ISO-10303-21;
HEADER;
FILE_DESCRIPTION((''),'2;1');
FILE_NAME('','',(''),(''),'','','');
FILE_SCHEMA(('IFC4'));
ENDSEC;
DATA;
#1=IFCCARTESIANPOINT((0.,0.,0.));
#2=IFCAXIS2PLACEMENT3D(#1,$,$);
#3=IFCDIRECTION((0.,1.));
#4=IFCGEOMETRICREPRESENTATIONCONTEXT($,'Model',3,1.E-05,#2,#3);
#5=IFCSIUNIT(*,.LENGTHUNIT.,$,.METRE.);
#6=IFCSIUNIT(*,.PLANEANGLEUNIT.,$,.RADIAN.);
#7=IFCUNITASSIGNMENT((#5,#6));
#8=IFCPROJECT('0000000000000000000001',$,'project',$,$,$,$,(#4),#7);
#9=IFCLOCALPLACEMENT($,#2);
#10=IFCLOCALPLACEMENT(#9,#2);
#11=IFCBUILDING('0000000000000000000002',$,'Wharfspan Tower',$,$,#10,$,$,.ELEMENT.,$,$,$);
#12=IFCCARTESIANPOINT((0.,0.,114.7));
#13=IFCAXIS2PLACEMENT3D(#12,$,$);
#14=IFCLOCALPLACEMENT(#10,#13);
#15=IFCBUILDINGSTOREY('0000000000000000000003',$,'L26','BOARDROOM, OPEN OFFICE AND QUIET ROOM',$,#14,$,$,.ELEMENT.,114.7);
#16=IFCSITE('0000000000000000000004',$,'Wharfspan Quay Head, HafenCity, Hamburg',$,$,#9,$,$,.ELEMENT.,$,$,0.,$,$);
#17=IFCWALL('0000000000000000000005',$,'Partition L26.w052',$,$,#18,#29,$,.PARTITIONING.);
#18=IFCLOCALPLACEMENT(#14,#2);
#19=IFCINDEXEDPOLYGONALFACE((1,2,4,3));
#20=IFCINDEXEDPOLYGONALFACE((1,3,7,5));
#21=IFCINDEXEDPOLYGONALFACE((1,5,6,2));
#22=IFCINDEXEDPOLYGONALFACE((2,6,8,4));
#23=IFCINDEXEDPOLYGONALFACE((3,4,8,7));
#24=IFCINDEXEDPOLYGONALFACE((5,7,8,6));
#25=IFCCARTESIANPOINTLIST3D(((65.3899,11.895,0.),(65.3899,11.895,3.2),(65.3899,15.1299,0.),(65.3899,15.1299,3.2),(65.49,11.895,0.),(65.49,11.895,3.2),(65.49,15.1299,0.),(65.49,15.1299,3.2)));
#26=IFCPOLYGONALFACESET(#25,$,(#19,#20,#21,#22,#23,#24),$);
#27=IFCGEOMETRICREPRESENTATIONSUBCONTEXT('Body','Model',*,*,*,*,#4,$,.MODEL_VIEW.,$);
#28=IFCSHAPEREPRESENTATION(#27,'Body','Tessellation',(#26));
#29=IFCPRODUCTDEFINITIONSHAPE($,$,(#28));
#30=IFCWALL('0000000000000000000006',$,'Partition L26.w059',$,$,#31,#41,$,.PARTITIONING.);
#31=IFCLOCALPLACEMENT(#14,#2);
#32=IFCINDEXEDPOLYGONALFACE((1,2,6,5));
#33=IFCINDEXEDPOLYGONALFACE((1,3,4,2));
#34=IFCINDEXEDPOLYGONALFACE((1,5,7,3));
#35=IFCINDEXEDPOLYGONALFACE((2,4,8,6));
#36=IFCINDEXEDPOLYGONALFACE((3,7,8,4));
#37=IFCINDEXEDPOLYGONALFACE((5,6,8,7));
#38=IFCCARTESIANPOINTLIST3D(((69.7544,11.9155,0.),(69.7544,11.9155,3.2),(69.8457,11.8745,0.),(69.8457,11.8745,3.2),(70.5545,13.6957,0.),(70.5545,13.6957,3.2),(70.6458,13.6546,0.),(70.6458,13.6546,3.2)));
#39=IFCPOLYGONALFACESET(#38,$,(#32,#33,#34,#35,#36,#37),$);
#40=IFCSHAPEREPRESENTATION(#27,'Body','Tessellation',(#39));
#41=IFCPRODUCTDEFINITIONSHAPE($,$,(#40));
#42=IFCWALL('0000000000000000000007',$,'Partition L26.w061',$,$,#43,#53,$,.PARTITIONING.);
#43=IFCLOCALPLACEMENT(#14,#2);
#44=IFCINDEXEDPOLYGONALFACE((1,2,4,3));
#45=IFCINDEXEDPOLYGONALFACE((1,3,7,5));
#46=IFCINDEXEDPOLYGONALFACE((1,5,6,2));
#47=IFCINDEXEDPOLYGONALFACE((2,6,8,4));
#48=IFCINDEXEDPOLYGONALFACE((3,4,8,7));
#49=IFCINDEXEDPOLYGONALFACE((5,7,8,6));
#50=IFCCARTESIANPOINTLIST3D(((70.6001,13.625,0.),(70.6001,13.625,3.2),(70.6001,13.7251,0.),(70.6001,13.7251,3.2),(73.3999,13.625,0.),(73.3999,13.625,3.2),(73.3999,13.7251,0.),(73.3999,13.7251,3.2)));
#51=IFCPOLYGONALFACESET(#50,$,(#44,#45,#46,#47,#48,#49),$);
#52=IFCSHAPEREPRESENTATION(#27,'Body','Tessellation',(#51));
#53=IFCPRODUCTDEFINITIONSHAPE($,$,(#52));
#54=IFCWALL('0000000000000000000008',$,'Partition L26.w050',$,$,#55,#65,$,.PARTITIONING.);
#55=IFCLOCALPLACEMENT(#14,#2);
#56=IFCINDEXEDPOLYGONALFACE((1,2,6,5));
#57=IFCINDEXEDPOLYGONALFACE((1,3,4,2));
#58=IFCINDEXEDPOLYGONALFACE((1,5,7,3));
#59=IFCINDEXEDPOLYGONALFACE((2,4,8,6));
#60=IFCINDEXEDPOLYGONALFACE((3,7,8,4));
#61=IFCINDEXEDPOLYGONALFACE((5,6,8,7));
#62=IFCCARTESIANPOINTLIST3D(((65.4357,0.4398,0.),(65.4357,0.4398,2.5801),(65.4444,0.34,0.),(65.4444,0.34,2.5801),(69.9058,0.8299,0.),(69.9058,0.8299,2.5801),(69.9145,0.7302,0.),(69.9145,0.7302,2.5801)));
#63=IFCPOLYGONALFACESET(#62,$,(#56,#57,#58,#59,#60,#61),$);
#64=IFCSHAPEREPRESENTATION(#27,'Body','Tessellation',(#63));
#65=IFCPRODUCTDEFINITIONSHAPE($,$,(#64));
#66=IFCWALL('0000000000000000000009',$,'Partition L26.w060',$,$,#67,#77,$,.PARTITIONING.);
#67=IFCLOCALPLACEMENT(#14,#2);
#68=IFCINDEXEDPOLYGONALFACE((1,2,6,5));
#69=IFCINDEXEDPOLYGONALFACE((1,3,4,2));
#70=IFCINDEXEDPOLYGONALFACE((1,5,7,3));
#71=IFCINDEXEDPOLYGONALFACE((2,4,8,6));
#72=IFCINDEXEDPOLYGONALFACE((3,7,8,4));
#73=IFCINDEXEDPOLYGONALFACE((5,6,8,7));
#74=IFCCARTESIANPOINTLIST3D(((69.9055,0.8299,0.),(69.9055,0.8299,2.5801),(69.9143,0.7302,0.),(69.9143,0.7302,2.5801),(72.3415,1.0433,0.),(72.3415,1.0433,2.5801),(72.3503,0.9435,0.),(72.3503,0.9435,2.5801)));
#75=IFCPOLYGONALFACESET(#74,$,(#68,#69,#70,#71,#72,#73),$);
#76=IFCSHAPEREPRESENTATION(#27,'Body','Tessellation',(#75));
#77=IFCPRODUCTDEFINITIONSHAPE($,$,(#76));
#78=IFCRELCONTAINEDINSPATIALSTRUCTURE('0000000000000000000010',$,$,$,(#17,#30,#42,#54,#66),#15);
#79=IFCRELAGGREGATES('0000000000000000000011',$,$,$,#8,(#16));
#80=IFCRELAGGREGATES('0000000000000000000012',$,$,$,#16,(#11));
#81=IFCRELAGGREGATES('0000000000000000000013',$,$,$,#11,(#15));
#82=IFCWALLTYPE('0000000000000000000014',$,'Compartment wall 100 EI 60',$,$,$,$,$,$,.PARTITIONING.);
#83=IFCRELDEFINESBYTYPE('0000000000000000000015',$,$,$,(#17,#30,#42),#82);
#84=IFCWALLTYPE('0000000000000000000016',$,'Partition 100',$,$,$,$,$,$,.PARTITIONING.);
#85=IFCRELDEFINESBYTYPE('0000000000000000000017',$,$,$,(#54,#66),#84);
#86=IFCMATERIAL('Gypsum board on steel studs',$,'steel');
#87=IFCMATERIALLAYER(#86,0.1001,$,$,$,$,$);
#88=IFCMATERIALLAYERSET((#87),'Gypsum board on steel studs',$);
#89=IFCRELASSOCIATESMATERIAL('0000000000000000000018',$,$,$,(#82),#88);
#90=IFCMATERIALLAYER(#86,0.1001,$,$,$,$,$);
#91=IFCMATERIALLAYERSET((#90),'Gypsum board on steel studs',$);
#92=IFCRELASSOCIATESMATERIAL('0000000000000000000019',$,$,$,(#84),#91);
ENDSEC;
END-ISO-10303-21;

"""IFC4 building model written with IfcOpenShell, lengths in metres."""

from ifc_helpers import new_model, si_unit, direction, frame, frame_2d, origin, place, context, subcontext, project, spatial, rectangle, extrude, material, layer, layer_set, type_object, element, save


model = new_model("IFC4")

# Units and contexts
model_context = context("Model", 3, precision=1e-05, world=origin(), true_north=direction((0.0, 1.0)))
body_context = subcontext(model_context, "Body", "Model", "MODEL_VIEW")
ifc_project = project(units=[si_unit("LENGTHUNIT", "METRE"), si_unit("PLANEANGLEUNIT", "RADIAN")], contexts=[model_context])

# Site, building, storey
site_placement = place(None, origin())
site = spatial("IfcSite", under=ifc_project, at=site_placement, Name="Wharfspan Quay Head, HafenCity, Hamburg", CompositionType="ELEMENT", RefElevation=0.0)
building_placement = place(site_placement, origin())
building = spatial("IfcBuilding", under=site, at=building_placement, Name="Wharfspan Tower", CompositionType="ELEMENT")
storey_placement = place(building_placement, frame((0.0, 0.0, 114.7)))
storey = spatial("IfcBuildingStorey", under=building, at=storey_placement, Name="L26", Description="BOARDROOM, OPEN OFFICE AND QUIET ROOM", CompositionType="ELEMENT", Elevation=114.7)

# Shared definitions
ifc_material_1 = material(Name="Gypsum board on steel studs", Category="steel")
ifc_layer_1 = layer(ifc_material_1, 0.1001)
ifc_layer_set_1 = layer_set([ifc_layer_1], Name="Gypsum board on steel studs")
wall_type_1 = type_object("IfcWallType", Name="Compartment wall 100 EI 60", PredefinedType="PARTITIONING", material=ifc_layer_set_1)

# Walls
wall_1_placement = place(storey_placement, frame((65.4399, 11.895, 0.0), z_axis=(0.0, 0.0, 1.0), x_axis=(0.0, 1.0, 0.0)))
element("IfcWall", 1, at=wall_1_placement, inside=storey, type_object=wall_type_1, Name="Partition L26.w052", PredefinedType="PARTITIONING", context=body_context, shape_type="SweptSolid", body=[
    extrude(rectangle(XDim=3.2349, YDim=0.1001, at=frame_2d((1.6174, 0.0))), origin(), (0.0, 0.0, 1.0), 3.2),
])
wall_2_placement = place(storey_placement, frame((69.8, 11.895, 0.0), z_axis=(0.0, 0.0, 1.0), x_axis=(0.409954, 0.912107, 0.0)))
element("IfcWall", 2, at=wall_2_placement, inside=storey, type_object=wall_type_1, Name="Partition L26.w059", PredefinedType="PARTITIONING", context=body_context, shape_type="SweptSolid", body=[
    extrude(rectangle(XDim=1.9517, YDim=0.1001, at=frame_2d((0.9758, 0.0))), origin(), (0.0, 0.0, 1.0), 3.2),
])
wall_3_placement = place(storey_placement, frame((70.6001, 13.675, 0.0), z_axis=(0.0, 0.0, 1.0), x_axis=(1.0, 0.0, 0.0)))
element("IfcWall", 3, at=wall_3_placement, inside=storey, type_object=wall_type_1, Name="Partition L26.w061", PredefinedType="PARTITIONING", context=body_context, shape_type="SweptSolid", body=[
    extrude(rectangle(XDim=2.7998, YDim=0.1001, at=frame_2d((1.3999, 0.0))), origin(), (0.0, 0.0, 1.0), 3.2),
])
ifc_layer_2 = layer(ifc_material_1, 0.1001)
ifc_layer_set_2 = layer_set([ifc_layer_2], Name="Gypsum board on steel studs")
wall_type_2 = type_object("IfcWallType", Name="Partition 100", PredefinedType="PARTITIONING", material=ifc_layer_set_2)
wall_4_placement = place(storey_placement, frame((65.4399, 0.3899, 0.0), z_axis=(0.0, 0.0, 1.0), x_axis=(0.996214, 0.086949, 0.0)))
element("IfcWall", 4, at=wall_4_placement, inside=storey, type_object=wall_type_2, Name="Partition L26.w050", PredefinedType="PARTITIONING", context=body_context, shape_type="SweptSolid", body=[
    extrude(rectangle(XDim=4.4871, YDim=0.1001, at=frame_2d((2.2437, 0.0))), origin(), (0.0, 0.0, 1.0), 2.5801),
])
wall_5_placement = place(storey_placement, frame((69.9099, 0.78, 0.0), z_axis=(0.0, 0.0, 1.0), x_axis=(0.99619, 0.087259, 0.0)))
element("IfcWall", 5, at=wall_5_placement, inside=storey, type_object=wall_type_2, Name="Partition L26.w060", PredefinedType="PARTITIONING", context=body_context, shape_type="SweptSolid", body=[
    extrude(rectangle(XDim=2.4453, YDim=0.1001, at=frame_2d((1.2227, 0.0))), origin(), (0.0, 0.0, 1.0), 2.5801),
])

save(model, "model.ifc")
